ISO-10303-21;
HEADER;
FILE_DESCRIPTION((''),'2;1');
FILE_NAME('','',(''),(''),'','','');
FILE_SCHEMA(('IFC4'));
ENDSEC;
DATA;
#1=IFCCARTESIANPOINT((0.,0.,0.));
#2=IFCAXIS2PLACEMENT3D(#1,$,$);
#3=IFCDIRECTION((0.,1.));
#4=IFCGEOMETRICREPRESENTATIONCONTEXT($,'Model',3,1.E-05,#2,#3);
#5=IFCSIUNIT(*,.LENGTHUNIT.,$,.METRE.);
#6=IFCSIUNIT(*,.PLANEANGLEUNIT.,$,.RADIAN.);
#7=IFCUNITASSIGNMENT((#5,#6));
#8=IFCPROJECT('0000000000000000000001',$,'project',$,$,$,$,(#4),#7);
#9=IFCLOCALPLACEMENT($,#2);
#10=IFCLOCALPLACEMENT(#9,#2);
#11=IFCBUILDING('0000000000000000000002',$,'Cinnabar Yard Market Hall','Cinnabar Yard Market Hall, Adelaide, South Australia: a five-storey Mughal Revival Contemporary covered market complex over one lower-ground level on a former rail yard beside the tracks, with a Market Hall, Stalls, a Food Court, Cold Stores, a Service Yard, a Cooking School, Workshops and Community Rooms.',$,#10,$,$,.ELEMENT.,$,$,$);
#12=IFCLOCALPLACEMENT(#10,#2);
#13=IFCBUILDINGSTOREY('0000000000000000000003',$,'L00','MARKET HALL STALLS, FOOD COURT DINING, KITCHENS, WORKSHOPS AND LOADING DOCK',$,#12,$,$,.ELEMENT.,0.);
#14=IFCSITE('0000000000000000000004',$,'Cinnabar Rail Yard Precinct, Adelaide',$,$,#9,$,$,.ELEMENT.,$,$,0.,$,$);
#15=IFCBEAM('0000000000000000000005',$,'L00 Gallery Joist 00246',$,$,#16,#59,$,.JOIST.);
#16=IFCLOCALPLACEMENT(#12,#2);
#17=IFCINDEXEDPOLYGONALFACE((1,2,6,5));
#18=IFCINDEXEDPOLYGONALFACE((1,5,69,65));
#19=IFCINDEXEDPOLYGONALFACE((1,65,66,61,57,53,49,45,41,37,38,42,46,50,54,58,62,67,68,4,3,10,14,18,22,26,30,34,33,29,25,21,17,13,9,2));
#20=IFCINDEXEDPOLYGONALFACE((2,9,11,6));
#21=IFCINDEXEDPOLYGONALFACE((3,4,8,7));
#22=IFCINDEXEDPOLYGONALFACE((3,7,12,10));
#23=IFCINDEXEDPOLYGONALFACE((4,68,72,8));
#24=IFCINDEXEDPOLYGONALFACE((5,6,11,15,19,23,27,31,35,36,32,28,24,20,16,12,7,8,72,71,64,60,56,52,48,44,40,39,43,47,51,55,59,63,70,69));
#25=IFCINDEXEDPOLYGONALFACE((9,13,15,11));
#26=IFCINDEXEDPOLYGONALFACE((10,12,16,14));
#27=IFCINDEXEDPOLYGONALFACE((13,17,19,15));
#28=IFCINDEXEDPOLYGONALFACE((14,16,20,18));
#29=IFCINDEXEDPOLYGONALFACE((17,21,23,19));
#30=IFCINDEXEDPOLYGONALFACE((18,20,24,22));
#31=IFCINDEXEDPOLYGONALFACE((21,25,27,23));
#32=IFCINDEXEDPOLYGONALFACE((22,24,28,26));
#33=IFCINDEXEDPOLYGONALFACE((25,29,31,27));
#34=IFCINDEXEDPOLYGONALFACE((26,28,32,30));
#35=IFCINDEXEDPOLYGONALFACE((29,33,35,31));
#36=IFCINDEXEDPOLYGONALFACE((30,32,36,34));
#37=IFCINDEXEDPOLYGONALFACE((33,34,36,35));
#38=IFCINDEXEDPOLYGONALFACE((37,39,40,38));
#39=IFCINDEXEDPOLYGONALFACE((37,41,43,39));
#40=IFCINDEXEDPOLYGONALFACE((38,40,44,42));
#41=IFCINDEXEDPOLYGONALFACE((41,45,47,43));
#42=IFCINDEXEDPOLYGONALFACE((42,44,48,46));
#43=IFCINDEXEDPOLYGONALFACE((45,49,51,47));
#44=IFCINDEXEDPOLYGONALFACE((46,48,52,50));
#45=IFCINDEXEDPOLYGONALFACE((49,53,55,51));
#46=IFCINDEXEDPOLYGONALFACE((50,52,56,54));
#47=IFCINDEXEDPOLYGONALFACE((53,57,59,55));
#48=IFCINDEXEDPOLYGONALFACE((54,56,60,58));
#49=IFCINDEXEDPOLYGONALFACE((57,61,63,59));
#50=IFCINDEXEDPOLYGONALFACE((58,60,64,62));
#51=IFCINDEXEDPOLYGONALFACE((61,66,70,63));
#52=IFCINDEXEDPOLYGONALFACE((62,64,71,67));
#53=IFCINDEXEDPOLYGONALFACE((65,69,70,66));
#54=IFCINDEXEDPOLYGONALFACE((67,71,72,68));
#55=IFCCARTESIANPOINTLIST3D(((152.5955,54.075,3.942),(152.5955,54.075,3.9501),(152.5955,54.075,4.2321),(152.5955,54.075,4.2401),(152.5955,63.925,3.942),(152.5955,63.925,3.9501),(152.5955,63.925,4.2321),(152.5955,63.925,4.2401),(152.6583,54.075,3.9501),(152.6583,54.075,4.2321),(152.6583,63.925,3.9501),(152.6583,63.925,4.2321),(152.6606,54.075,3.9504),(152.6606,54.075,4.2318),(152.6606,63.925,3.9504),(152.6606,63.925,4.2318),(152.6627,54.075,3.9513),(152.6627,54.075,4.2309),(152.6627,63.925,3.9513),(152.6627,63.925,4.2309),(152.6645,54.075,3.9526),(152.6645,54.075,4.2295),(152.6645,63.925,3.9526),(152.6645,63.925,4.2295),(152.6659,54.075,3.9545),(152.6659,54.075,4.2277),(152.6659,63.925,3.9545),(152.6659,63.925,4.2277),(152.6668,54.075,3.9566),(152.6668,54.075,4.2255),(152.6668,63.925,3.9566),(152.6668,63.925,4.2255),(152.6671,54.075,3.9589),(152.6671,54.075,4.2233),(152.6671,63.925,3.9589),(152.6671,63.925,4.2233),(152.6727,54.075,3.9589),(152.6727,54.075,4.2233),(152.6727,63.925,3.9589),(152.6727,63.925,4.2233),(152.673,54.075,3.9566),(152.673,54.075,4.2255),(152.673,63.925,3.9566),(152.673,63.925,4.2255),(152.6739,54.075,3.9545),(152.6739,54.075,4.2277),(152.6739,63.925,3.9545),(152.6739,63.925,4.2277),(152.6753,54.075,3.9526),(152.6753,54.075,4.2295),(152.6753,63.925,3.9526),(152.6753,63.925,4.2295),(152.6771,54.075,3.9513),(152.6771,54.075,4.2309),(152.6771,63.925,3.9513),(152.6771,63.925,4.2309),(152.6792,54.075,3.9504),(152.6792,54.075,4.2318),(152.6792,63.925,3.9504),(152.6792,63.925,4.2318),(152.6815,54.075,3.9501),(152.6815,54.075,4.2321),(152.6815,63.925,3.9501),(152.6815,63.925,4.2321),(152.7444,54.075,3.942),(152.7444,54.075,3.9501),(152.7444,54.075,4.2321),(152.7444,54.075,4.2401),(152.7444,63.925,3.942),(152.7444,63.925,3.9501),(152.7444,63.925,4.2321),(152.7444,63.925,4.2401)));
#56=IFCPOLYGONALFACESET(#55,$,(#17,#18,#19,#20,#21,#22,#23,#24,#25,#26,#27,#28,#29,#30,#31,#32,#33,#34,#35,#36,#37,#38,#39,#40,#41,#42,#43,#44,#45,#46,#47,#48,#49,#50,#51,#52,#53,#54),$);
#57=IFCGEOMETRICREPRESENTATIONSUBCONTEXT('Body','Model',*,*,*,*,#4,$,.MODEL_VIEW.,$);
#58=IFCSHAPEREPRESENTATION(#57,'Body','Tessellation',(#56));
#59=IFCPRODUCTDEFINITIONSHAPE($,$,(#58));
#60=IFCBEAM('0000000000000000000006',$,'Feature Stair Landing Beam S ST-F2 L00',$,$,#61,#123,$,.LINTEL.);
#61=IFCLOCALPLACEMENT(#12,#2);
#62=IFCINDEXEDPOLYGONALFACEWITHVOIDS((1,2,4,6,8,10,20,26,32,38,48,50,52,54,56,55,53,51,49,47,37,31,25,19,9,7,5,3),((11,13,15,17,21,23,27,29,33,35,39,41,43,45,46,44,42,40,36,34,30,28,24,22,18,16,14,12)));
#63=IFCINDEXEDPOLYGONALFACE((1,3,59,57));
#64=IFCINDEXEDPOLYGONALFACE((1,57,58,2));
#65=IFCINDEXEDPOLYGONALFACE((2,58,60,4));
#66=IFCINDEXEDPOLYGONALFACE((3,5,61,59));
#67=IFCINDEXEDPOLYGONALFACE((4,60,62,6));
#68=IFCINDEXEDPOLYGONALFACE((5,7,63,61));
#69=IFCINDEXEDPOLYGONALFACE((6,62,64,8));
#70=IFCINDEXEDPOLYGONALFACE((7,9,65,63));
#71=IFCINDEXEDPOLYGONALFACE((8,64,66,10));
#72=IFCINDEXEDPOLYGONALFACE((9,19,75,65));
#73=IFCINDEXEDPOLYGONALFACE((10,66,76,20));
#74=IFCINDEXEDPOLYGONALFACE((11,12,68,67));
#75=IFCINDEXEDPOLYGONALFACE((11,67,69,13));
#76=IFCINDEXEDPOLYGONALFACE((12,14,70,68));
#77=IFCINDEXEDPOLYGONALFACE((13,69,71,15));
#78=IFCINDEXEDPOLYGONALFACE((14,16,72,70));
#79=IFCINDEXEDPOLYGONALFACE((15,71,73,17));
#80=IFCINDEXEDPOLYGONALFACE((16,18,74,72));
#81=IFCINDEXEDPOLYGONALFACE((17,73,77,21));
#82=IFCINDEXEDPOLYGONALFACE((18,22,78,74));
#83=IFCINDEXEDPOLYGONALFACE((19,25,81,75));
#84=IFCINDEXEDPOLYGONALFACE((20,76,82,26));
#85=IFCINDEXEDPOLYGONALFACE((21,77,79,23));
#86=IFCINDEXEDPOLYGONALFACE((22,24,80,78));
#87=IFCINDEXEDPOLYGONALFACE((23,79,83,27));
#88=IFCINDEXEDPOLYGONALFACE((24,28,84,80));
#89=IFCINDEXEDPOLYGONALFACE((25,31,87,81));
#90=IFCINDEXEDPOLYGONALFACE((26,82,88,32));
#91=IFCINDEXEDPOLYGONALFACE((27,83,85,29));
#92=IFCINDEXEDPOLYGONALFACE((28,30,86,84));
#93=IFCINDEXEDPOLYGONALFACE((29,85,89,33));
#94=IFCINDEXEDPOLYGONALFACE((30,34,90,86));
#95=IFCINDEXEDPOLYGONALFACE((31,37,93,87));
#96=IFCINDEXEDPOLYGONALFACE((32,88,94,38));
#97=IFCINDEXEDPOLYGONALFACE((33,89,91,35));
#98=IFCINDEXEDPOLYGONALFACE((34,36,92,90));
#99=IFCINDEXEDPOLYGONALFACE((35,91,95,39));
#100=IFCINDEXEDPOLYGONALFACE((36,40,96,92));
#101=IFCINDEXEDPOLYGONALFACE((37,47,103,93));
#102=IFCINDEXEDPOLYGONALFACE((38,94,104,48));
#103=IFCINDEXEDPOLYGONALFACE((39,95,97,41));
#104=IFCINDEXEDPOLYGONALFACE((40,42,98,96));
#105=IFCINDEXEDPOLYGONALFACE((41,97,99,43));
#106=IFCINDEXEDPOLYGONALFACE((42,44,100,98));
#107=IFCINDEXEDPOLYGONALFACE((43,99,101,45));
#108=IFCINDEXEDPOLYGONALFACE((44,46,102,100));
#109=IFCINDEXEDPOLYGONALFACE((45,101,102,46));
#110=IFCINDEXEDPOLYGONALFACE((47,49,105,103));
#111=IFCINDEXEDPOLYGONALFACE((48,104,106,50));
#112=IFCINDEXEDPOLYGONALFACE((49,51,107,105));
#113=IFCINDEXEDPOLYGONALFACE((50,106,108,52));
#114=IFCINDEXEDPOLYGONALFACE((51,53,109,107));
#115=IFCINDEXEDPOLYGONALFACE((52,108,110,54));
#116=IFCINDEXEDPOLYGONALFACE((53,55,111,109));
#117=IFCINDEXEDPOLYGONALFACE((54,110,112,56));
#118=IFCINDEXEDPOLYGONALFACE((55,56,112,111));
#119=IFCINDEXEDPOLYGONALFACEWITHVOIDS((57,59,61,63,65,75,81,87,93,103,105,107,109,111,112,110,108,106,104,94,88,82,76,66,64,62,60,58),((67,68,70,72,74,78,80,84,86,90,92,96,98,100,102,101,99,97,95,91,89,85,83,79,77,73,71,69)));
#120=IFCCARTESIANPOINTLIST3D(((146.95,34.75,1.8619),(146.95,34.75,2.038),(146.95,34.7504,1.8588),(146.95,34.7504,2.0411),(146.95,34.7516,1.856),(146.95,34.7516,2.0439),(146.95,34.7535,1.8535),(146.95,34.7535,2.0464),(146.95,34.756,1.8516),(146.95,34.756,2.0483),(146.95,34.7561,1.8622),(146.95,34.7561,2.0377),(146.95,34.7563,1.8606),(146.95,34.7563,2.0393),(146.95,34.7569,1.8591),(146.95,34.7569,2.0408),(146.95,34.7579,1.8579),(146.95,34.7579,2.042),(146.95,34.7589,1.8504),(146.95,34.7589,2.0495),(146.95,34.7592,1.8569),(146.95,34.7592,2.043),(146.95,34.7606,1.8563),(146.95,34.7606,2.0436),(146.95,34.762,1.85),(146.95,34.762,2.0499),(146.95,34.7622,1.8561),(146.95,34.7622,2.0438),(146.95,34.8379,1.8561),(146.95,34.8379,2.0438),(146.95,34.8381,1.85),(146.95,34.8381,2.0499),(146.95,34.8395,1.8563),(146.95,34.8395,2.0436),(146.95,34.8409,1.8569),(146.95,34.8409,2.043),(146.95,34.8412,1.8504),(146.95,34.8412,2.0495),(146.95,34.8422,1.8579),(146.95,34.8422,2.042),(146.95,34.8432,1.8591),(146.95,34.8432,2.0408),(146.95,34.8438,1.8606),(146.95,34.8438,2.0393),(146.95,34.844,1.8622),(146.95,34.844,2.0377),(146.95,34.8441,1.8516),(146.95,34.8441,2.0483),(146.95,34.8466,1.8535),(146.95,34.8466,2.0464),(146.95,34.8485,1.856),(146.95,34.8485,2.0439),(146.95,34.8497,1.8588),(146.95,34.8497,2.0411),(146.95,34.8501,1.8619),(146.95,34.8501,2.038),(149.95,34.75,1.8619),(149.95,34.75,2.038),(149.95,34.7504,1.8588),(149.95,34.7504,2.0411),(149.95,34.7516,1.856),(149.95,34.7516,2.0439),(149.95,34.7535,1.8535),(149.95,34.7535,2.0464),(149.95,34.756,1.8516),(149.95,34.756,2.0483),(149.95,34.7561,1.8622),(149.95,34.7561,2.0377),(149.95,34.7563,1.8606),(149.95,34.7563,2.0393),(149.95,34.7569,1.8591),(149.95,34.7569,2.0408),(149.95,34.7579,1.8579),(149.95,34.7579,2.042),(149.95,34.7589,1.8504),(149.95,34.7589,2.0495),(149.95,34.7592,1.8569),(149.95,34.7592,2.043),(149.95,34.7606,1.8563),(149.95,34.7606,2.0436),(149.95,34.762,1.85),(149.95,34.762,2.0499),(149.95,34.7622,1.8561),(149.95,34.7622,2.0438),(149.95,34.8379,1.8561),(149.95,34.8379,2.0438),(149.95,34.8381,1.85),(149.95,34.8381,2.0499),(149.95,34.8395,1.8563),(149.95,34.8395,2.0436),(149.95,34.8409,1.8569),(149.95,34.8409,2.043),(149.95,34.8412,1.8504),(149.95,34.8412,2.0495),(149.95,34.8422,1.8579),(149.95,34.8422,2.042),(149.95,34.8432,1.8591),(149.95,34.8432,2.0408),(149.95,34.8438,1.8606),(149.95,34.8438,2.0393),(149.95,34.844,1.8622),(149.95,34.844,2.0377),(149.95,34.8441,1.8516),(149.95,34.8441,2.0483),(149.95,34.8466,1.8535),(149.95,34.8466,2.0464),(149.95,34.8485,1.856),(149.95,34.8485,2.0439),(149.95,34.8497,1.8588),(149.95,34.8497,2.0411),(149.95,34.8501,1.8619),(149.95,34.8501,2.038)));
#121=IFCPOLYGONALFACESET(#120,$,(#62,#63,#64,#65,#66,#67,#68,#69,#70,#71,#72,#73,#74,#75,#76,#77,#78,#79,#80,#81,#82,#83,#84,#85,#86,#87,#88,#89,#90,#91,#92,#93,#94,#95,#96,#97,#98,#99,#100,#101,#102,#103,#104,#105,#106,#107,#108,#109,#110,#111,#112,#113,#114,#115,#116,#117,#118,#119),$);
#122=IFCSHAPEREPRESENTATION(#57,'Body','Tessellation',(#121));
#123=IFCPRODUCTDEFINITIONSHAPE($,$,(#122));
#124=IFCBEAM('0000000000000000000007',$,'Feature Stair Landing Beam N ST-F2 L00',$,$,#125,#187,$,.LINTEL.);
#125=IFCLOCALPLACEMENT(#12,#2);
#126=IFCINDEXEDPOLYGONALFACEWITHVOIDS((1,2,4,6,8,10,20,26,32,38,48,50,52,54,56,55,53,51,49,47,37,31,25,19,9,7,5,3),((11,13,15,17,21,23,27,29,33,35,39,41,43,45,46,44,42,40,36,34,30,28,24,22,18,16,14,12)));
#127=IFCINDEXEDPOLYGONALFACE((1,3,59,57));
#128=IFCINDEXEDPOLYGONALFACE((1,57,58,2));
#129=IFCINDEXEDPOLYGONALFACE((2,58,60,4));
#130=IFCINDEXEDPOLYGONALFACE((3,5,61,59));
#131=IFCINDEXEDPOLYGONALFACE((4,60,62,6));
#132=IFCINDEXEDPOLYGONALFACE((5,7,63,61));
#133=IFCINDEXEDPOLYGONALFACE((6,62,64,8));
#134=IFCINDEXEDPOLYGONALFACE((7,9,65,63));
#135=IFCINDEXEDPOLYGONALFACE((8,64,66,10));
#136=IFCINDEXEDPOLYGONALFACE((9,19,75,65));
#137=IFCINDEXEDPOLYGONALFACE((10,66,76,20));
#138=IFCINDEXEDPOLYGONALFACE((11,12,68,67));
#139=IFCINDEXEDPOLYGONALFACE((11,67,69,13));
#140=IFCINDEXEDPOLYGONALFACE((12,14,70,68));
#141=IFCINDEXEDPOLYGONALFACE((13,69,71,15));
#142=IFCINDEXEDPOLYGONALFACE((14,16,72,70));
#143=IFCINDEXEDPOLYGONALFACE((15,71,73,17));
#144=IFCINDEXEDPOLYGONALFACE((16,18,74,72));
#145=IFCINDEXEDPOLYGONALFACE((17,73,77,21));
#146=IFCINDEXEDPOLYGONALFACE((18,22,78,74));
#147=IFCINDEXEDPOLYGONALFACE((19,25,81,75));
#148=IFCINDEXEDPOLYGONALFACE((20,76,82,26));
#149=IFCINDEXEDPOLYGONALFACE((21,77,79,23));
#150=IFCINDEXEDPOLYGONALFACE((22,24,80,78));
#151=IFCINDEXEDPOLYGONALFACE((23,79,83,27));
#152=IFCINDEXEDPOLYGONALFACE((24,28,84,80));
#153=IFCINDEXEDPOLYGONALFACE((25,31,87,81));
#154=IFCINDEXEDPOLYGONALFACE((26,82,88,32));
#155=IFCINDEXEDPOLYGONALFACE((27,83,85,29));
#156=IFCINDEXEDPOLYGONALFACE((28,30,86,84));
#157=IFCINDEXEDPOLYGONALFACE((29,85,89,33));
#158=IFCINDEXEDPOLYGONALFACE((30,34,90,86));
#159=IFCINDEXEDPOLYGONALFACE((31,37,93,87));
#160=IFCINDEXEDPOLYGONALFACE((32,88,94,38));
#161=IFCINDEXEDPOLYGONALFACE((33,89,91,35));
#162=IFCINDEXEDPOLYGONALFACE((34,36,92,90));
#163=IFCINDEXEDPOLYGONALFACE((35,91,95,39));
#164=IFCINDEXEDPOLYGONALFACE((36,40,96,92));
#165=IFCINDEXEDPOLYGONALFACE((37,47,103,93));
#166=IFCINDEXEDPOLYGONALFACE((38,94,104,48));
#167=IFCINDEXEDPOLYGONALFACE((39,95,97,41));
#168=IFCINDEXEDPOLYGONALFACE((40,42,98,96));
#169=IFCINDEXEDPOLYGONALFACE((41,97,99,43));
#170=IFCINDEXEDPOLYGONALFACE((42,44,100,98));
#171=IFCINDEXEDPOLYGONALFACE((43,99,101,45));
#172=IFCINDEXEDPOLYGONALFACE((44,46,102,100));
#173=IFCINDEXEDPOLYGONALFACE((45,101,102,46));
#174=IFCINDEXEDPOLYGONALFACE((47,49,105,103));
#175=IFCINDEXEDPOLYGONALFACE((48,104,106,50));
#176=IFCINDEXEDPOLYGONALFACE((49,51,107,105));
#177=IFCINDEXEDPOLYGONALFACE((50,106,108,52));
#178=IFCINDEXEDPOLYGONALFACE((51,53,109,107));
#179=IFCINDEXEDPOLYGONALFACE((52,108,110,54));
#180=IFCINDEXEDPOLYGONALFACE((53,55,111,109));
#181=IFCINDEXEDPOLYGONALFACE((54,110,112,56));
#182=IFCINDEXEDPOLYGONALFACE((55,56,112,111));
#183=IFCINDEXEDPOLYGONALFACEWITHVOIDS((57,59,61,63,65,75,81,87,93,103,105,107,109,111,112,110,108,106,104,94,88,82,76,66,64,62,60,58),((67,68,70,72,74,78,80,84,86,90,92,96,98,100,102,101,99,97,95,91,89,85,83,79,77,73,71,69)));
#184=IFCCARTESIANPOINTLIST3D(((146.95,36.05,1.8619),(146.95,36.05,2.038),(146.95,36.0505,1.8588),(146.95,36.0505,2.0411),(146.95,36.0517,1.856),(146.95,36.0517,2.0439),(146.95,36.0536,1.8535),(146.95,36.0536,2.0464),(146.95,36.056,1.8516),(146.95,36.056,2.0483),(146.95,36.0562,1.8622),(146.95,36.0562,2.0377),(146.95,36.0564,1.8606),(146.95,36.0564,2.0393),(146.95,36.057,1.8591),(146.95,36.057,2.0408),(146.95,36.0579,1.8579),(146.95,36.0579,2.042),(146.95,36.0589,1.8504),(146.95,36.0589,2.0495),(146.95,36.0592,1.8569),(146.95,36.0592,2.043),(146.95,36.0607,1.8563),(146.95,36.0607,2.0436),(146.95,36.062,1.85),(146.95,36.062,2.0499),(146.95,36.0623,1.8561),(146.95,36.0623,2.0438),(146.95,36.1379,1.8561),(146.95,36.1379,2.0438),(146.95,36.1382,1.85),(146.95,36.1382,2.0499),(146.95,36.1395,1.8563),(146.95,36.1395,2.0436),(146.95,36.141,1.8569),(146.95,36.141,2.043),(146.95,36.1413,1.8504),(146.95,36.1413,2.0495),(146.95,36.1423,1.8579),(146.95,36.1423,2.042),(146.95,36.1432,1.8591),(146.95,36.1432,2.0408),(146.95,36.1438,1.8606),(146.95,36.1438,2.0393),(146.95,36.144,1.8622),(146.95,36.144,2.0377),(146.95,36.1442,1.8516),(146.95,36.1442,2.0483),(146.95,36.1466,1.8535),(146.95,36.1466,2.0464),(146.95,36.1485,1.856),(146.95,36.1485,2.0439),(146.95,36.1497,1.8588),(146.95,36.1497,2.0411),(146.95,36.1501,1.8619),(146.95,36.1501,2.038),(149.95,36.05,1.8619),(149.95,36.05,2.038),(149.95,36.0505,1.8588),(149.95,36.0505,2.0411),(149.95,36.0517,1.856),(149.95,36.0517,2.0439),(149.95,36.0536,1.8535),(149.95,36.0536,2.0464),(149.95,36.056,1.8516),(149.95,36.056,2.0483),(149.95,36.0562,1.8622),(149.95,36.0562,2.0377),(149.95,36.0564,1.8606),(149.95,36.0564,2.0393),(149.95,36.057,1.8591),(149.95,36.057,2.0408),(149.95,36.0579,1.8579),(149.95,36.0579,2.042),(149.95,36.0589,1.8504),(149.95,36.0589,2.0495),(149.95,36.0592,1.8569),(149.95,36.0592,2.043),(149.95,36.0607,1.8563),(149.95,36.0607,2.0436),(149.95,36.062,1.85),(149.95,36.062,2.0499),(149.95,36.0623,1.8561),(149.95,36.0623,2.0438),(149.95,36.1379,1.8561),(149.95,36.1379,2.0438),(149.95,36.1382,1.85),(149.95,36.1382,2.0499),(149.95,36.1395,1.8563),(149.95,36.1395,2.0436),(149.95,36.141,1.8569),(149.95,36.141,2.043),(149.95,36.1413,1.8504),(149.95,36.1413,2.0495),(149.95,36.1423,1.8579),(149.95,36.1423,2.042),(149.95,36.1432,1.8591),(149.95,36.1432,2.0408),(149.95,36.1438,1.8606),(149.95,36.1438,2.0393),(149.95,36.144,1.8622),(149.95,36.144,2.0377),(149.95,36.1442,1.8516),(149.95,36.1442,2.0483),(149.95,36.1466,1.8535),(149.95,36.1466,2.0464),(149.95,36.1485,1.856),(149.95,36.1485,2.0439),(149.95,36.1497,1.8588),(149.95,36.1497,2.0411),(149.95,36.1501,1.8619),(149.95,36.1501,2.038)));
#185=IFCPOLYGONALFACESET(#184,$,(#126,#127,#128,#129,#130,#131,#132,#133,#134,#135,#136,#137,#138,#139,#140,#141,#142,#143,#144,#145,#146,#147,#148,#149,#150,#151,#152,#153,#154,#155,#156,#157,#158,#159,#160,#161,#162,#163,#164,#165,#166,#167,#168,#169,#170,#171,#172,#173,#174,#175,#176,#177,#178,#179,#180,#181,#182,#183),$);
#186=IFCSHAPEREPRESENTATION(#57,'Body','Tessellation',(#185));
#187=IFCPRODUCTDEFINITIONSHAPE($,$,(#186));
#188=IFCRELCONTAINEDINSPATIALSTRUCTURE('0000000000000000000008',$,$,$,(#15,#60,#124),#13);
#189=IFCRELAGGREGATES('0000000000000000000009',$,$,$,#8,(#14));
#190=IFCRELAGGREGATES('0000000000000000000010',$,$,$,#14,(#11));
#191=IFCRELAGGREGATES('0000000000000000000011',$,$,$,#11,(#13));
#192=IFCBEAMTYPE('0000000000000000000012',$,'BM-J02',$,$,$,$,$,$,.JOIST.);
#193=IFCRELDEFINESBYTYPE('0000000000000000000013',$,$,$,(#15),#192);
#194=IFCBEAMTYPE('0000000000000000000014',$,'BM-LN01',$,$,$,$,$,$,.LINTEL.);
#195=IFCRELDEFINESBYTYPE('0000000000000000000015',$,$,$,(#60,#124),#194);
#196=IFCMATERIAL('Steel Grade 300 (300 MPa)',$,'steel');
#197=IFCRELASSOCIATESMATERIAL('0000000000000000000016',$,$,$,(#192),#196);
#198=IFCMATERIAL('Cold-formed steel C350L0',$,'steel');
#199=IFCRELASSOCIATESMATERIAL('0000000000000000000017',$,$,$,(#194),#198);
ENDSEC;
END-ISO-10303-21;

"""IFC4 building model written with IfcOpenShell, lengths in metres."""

from ifc_helpers import new_model, si_unit, direction, frame, origin, origin_2d_with_axis, place, context, subcontext, project, spatial, hollow_rectangle, i_section, extrude, material, material_profile, profile_set, type_object, element, save


model = new_model("IFC4")

# Units and contexts
model_context = context("Model", 3, precision=1e-05, world=origin(), true_north=direction((0.0, 1.0)))
body_context = subcontext(model_context, "Body", "Model", "MODEL_VIEW")
ifc_project = project(units=[si_unit("LENGTHUNIT", "METRE"), si_unit("PLANEANGLEUNIT", "RADIAN")], contexts=[model_context])

# Site, building, storey
site_placement = place(None, origin())
site = spatial("IfcSite", under=ifc_project, at=site_placement, Name="Cinnabar Rail Yard Precinct, Adelaide", CompositionType="ELEMENT", RefElevation=0.0)
building_placement = place(site_placement, origin())
building = spatial("IfcBuilding", under=site, at=building_placement, Name="Cinnabar Yard Market Hall", Description="Cinnabar Yard Market Hall, Adelaide, South Australia: a five-storey Mughal Revival Contemporary covered market complex over one lower-ground level on a former rail yard beside the tracks, with a Market Hall, Stalls, a Food Court, Cold Stores, a Service Yard, a Cooking School, Workshops and Community Rooms.", CompositionType="ELEMENT")
storey_placement = place(building_placement, origin())
storey = spatial("IfcBuildingStorey", under=building, at=storey_placement, Name="L00", Description="MARKET HALL STALLS, FOOD COURT DINING, KITCHENS, WORKSHOPS AND LOADING DOCK", CompositionType="ELEMENT", Elevation=0.0)

# Shared definitions
ifc_material_1 = material(Name="Cold-formed steel C350L0", Category="steel")

# Beams
ifc_material_2 = material(Name="Steel Grade 300 (300 MPa)", Category="steel")
ifc_material_profile_1 = material_profile(ifc_material_2, i_section(OverallWidth=0.1489, OverallDepth=0.2981, WebThickness=0.0056, FlangeThickness=0.0081, FilletRadius=0.0088, at=origin_2d_with_axis()), Name="310UB32.0")
ifc_profile_set_1 = profile_set([ifc_material_profile_1], Name="Steel Grade 300 (300 MPa)")
beam_type_1 = type_object("IfcBeamType", Name="BM-J02", PredefinedType="JOIST", material=ifc_profile_set_1)
for number, where, z_axis, x_axis, name in (
    (1, (152.6699, 54.075, 4.0911), (0.0, 1.0, 0.0), (-1.0, 0.0, 0.0), "L00 Gallery Joist 00246"),
):
    element("IfcBeam", number, at=place(storey_placement, frame(where, z_axis=z_axis, x_axis=x_axis)), inside=storey, type_object=beam_type_1, Name=name, PredefinedType="JOIST", context=body_context, shape_type="SweptSolid", body=[
        extrude(i_section(OverallWidth=0.1489, OverallDepth=0.2981, WebThickness=0.0056, FlangeThickness=0.0081, FilletRadius=0.0088, at=origin_2d_with_axis()), origin(), (0.0, 0.0, 1.0), 9.8501),
    ])
ifc_material_profile_2 = material_profile(ifc_material_1, hollow_rectangle(XDim=0.1001, YDim=0.2, WallThickness=0.0061, InnerFilletRadius=0.0061, OuterFilletRadius=0.012, at=origin_2d_with_axis()), Name="200x100x6.0RHS")
ifc_profile_set_2 = profile_set([ifc_material_profile_2], Name="Cold-formed steel C350L0")
beam_type_2 = type_object("IfcBeamType", Name="BM-LN01", PredefinedType="LINTEL", material=ifc_profile_set_2)
for number, where, z_axis, x_axis, name in (
    (2, (146.95, 34.8, 1.95), (1.0, 0.0, 0.0), (0.0, 1.0, 0.0), "Feature Stair Landing Beam S ST-F2 L00"),
    (3, (146.95, 36.1001, 1.95), (1.0, 0.0, 0.0), (0.0, 1.0, 0.0), "Feature Stair Landing Beam N ST-F2 L00"),
):
    element("IfcBeam", number, at=place(storey_placement, frame(where, z_axis=z_axis, x_axis=x_axis)), inside=storey, type_object=beam_type_2, Name=name, PredefinedType="LINTEL", context=body_context, shape_type="SweptSolid", body=[
        extrude(hollow_rectangle(XDim=0.1001, YDim=0.2, WallThickness=0.0061, InnerFilletRadius=0.0061, OuterFilletRadius=0.012, at=origin_2d_with_axis()), origin(), (0.0, 0.0, 1.0), 3.0),
    ])

save(model, "model.ifc")
